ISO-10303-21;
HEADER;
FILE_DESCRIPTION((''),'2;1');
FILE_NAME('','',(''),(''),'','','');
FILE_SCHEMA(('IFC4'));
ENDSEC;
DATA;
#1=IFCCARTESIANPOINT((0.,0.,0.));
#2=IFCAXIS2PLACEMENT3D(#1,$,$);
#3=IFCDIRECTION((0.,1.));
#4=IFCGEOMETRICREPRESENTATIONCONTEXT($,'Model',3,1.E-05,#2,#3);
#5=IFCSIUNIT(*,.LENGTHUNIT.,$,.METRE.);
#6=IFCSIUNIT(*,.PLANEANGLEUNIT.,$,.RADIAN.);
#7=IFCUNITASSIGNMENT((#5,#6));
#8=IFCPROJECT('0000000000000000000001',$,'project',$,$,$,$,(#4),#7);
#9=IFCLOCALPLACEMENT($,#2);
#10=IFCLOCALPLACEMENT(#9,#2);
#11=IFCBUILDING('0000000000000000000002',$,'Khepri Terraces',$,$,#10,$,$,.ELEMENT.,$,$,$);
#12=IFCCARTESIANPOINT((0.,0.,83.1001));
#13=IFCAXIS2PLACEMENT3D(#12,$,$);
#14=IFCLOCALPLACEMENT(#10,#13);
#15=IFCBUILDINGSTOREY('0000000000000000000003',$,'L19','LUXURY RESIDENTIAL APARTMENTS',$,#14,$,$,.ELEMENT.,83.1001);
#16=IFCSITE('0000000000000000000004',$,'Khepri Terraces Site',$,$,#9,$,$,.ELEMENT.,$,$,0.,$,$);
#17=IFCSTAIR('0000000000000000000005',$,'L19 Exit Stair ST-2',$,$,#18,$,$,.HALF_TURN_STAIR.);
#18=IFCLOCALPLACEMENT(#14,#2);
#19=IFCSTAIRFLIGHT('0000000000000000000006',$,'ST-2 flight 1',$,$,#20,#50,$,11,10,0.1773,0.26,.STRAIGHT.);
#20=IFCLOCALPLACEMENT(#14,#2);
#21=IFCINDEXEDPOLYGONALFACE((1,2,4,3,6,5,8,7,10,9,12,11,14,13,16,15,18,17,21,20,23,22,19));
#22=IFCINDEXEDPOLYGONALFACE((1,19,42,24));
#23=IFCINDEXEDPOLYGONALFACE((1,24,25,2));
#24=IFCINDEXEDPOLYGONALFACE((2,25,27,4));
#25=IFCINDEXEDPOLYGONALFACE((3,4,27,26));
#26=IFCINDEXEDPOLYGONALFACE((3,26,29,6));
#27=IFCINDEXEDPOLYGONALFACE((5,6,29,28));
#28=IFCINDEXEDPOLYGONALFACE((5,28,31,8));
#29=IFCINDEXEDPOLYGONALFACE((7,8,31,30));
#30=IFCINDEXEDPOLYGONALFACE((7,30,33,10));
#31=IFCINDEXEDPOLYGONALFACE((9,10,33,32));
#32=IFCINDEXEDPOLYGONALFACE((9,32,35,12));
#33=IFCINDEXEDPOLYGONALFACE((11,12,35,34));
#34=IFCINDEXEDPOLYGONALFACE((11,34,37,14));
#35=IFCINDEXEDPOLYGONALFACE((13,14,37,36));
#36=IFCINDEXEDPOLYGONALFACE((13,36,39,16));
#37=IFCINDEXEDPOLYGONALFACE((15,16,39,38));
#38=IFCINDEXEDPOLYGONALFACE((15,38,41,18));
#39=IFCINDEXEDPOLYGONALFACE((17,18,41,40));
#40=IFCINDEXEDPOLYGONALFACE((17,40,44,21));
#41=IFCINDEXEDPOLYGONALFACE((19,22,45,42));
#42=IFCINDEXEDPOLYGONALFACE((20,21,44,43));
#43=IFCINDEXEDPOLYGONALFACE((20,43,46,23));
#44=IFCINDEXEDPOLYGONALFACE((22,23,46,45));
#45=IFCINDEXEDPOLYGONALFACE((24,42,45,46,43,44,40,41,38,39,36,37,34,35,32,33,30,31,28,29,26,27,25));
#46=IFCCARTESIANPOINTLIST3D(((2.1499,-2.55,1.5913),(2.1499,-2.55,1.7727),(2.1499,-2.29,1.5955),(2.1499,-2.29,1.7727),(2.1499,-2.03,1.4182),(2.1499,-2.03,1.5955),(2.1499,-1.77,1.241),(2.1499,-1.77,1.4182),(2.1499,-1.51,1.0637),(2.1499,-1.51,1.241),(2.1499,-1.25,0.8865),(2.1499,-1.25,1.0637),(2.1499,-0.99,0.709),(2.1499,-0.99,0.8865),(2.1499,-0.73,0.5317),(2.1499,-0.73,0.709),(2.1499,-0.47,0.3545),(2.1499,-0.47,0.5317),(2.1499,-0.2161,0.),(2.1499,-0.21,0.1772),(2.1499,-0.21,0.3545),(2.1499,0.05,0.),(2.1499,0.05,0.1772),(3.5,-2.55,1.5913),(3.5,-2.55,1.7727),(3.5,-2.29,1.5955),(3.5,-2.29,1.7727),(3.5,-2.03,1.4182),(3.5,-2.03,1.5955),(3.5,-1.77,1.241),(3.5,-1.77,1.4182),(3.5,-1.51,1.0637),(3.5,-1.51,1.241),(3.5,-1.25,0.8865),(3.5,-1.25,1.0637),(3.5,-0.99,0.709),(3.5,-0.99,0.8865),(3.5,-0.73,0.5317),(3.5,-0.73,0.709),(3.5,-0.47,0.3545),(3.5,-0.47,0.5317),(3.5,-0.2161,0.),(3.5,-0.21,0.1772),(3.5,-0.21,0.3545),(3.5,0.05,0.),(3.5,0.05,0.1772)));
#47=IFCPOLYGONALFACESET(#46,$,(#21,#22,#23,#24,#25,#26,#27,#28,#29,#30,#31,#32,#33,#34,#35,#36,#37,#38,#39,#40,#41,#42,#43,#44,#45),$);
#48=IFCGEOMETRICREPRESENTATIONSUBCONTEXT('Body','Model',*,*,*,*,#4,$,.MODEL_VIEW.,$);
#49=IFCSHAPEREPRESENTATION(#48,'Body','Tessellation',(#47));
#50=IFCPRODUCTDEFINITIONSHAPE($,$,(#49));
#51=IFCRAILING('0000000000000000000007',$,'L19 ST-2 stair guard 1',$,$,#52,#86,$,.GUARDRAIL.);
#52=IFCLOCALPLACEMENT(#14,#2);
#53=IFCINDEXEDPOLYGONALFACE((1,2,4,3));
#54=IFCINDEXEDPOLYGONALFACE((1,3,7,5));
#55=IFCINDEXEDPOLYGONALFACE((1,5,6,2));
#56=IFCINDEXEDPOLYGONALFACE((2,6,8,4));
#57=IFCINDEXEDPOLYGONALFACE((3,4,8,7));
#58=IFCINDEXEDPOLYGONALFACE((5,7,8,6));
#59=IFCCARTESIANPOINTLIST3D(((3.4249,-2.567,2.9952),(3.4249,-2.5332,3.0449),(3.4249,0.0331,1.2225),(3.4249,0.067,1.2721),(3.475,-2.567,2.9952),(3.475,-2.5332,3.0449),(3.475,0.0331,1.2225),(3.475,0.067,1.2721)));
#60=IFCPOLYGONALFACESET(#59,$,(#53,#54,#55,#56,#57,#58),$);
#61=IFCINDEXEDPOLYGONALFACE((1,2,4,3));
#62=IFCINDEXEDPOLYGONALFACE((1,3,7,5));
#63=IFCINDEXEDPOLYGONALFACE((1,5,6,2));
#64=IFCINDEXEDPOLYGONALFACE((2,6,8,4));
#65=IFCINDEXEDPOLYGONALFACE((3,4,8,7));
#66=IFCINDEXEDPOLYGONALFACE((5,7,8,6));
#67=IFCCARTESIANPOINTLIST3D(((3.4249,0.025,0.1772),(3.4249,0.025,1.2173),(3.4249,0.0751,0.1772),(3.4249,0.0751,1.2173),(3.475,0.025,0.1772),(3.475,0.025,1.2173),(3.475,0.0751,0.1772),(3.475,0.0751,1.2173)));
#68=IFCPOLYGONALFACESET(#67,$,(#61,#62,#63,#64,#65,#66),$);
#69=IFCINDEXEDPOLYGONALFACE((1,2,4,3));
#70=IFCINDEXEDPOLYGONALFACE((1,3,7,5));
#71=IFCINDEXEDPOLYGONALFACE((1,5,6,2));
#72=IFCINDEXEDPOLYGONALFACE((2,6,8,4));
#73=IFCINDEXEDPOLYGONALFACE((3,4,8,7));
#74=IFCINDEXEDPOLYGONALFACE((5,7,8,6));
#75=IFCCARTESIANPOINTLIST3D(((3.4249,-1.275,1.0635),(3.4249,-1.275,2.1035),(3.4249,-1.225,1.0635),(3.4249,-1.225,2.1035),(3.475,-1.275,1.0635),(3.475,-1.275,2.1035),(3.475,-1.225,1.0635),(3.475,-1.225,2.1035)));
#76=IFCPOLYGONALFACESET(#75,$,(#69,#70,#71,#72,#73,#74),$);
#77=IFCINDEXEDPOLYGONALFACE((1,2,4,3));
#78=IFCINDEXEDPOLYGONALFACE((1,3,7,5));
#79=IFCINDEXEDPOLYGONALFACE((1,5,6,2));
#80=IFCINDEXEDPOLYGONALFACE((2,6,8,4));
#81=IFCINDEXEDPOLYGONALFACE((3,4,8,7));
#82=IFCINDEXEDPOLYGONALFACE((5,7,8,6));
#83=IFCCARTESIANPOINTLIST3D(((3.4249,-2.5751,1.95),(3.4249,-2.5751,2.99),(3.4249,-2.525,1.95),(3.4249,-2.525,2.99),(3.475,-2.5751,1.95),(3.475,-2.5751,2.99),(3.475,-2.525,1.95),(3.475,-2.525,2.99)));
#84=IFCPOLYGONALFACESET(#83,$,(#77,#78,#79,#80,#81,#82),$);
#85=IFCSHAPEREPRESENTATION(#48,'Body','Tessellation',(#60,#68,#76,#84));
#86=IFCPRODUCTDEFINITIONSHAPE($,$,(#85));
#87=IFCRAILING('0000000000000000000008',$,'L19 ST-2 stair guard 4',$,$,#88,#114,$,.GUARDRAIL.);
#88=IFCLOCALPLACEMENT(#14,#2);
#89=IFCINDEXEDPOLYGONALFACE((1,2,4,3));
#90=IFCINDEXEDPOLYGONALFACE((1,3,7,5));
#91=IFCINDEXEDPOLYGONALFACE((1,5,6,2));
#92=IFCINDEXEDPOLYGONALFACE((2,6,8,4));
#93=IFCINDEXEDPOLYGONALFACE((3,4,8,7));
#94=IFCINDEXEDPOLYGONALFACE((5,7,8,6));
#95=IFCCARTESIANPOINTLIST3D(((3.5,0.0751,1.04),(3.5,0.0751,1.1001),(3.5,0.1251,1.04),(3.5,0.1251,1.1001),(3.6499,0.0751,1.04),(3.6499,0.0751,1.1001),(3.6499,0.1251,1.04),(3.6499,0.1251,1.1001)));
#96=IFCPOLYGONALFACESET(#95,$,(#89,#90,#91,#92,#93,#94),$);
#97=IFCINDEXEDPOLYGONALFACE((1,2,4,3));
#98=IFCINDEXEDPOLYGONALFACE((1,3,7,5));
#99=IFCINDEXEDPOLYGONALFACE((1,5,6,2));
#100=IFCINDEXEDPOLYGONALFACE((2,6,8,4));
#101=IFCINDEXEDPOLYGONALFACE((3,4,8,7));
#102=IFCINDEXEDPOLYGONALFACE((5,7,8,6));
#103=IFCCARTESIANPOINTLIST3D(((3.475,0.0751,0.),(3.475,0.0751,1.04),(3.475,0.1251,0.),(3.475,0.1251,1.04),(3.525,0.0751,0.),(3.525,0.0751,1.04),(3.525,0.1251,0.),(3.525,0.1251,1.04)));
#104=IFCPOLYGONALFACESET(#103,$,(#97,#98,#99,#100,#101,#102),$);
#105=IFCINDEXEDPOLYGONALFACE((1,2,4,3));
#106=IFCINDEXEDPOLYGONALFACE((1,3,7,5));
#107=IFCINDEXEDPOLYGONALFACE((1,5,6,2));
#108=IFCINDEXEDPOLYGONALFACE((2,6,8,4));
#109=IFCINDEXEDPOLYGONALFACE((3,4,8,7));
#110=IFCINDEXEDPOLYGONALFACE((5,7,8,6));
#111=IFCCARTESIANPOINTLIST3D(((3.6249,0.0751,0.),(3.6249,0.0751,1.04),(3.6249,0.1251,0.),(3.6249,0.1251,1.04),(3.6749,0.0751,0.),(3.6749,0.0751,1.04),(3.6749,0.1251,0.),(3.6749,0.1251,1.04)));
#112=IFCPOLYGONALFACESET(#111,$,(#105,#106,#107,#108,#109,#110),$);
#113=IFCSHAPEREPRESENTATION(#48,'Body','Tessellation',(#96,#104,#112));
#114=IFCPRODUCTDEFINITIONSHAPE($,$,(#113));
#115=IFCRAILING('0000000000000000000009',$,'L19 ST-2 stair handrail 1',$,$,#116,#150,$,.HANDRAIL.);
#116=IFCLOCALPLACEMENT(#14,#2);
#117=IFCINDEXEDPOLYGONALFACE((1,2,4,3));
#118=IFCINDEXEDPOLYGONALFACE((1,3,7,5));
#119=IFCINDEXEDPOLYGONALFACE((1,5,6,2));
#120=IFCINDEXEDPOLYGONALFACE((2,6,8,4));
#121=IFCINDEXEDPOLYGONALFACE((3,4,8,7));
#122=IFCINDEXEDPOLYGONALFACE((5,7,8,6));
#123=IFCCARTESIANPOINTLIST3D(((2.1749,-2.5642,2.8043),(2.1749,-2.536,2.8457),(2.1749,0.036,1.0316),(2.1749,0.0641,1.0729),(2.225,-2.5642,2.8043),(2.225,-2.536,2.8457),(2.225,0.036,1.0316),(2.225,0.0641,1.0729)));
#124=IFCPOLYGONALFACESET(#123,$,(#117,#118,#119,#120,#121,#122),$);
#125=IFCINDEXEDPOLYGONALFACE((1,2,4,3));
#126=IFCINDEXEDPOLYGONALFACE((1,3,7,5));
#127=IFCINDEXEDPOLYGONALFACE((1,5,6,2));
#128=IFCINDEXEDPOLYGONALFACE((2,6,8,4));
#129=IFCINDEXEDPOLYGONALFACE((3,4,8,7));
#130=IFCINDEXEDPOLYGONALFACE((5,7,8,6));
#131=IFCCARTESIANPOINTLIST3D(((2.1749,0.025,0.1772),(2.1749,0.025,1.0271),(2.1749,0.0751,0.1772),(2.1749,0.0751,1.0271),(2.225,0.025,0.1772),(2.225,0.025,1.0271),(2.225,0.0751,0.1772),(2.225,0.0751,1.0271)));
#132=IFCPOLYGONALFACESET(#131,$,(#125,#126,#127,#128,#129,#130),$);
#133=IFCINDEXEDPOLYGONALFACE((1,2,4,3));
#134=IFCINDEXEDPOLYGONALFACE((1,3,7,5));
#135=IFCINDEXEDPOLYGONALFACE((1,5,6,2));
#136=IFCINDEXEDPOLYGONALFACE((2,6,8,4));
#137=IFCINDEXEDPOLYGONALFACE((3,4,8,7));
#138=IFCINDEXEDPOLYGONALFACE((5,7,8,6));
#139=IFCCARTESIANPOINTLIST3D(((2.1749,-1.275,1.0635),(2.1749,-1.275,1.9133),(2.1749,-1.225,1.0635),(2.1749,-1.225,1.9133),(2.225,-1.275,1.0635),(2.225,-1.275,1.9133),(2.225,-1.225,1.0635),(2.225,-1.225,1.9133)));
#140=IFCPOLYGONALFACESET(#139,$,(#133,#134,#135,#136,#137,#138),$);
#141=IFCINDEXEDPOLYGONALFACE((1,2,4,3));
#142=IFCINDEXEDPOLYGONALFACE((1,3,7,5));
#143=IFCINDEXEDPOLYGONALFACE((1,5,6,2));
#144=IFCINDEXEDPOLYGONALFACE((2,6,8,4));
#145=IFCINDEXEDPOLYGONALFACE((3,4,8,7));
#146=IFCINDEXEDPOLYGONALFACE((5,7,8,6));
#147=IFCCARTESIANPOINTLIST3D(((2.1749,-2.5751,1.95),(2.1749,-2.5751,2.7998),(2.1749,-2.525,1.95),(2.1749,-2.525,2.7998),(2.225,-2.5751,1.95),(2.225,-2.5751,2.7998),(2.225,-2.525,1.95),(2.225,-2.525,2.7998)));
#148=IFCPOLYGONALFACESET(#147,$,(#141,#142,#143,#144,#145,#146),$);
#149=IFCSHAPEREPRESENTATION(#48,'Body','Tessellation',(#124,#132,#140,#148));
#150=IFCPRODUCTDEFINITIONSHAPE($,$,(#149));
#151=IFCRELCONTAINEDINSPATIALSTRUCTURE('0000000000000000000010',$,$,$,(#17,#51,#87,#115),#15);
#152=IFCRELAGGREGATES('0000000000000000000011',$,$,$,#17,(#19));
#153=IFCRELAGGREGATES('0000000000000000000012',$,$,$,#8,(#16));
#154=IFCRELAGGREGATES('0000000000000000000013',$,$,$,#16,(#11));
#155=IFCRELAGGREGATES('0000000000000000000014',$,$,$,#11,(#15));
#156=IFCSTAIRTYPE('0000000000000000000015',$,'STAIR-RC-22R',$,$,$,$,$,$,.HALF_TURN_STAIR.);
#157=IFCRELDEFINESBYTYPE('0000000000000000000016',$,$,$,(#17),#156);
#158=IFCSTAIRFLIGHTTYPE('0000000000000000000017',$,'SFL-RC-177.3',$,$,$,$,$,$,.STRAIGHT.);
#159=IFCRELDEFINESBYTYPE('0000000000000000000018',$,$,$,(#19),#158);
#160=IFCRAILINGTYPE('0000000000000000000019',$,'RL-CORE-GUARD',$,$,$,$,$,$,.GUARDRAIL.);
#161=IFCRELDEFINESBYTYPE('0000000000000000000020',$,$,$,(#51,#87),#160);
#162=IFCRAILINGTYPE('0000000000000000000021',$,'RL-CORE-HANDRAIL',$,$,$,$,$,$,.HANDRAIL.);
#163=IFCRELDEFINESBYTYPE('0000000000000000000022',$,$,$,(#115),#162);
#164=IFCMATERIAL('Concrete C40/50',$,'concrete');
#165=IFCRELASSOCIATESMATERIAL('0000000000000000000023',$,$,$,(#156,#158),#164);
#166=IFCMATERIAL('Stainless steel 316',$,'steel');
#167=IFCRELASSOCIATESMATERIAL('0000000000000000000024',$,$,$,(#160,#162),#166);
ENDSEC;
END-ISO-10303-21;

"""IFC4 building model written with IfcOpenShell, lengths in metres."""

from ifc_helpers import new_model, si_unit, direction, frame, origin, origin_2d, place, context, subcontext, project, spatial, polyline, rectangle, outline, extrude, material, type_object, element, aggregate, save


model = new_model("IFC4")

# Units and contexts
model_context = context("Model", 3, precision=1e-05, world=origin(), true_north=direction((0.0, 1.0)))
body_context = subcontext(model_context, "Body", "Model", "MODEL_VIEW")
ifc_project = project(units=[si_unit("LENGTHUNIT", "METRE"), si_unit("PLANEANGLEUNIT", "RADIAN")], contexts=[model_context])

# Site, building, storey
site_placement = place(None, origin())
site = spatial("IfcSite", under=ifc_project, at=site_placement, Name="Khepri Terraces Site", CompositionType="ELEMENT", RefElevation=0.0)
building_placement = place(site_placement, origin())
building = spatial("IfcBuilding", under=site, at=building_placement, Name="Khepri Terraces", CompositionType="ELEMENT")
storey_placement = place(building_placement, frame((0.0, 0.0, 83.1001)))
storey = spatial("IfcBuildingStorey", under=building, at=storey_placement, Name="L19", Description="LUXURY RESIDENTIAL APARTMENTS", CompositionType="ELEMENT", Elevation=83.1001)

# Stair, stair flight
ifc_material_1 = material(Name="Concrete C40/50", Category="concrete")
stair_type = type_object("IfcStairType", Name="STAIR-RC-22R", PredefinedType="HALF_TURN_STAIR", material=ifc_material_1)
stair_placement = place(storey_placement, origin())
stair = element("IfcStair", 1, at=stair_placement, inside=storey, type_object=stair_type, Name="L19 Exit Stair ST-2", PredefinedType="HALF_TURN_STAIR")
stair_flight_type = type_object("IfcStairFlightType", Name="SFL-RC-177.3", PredefinedType="STRAIGHT", material=ifc_material_1)
stair_flight_placement = place(storey_placement, frame((2.825, 0.05, 0.0), z_axis=(0.0, 0.0, 1.0), x_axis=(0.0, -1.0, 0.0)))
stair_flight = element("IfcStairFlight", 2, at=stair_flight_placement, type_object=stair_flight_type, Name="ST-2 flight 1", NumberOfRisers=11, NumberOfTreads=10, PredefinedType="STRAIGHT", RiserHeight=0.1773, TreadLength=0.26, context=body_context, shape_type="SweptSolid", body=[
    extrude(outline(polyline([(0.0, 0.0), (0.0, 0.1772), (0.26, 0.1772), (0.26, 0.3545), (0.52, 0.3545), (0.52, 0.5317), (0.78, 0.5317), (0.78, 0.709), (1.04, 0.709), (1.04, 0.8865), (1.3, 0.8865), (1.3, 1.0637), (1.5601, 1.0637), (1.5601, 1.241), (1.8201, 1.241), (1.8201, 1.4182), (2.0801, 1.4182), (2.0801, 1.5955), (2.3401, 1.5955), (2.3401, 1.7727), (2.6001, 1.7727), (2.6001, 1.95), (2.6001, 1.5913), (0.2661, 0.0), (0.0, 0.0)])), frame((0.0, 0.675, 0.0), z_axis=(0.0, -1.0, 0.0), x_axis=(1.0, 0.0, 0.0)), (0.0, 0.0, 1.0), 1.3501),
])
aggregate(stair, [stair_flight])

# Railings
ifc_material_2 = material(Name="Stainless steel 316", Category="steel")
railing_type_1 = type_object("IfcRailingType", Name="RL-CORE-GUARD", PredefinedType="GUARDRAIL", material=ifc_material_2)
railing_1_placement = place(storey_placement, frame((3.45, 0.05, 0.1772)))
element("IfcRailing", 3, at=railing_1_placement, inside=storey, type_object=railing_type_1, Name="L19 ST-2 stair guard 1", PredefinedType="GUARDRAIL", context=body_context, shape_type="SweptSolid", body=[
    extrude(rectangle(XDim=0.05, YDim=0.0601, at=origin_2d()), frame((0.0, 0.0, 1.0701), z_axis=(0.0, -0.82624, 0.563318), x_axis=(1.0, 0.0, 0.0)), (0.0, 0.0, 1.0), 3.147),
    extrude(rectangle(XDim=0.05, YDim=0.05, at=origin_2d()), origin(), (0.0, 0.0, 1.0), 1.04),
    extrude(rectangle(XDim=0.05, YDim=0.05, at=origin_2d()), frame((0.0, -1.3, 0.8862)), (0.0, 0.0, 1.0), 1.04),
    extrude(rectangle(XDim=0.05, YDim=0.05, at=origin_2d()), frame((0.0, -2.6001, 1.7727)), (0.0, 0.0, 1.0), 1.04),
])
railing_2_placement = place(storey_placement, frame((3.5, 0.1001, 0.0)))
element("IfcRailing", 4, at=railing_2_placement, inside=storey, type_object=railing_type_1, Name="L19 ST-2 stair guard 4", PredefinedType="GUARDRAIL", context=body_context, shape_type="SweptSolid", body=[
    extrude(rectangle(XDim=0.05, YDim=0.0601, at=origin_2d()), frame((0.0, 0.0, 1.0701), z_axis=(1.0, 0.0, 0.0), x_axis=(0.0, 1.0, 0.0)), (0.0, 0.0, 1.0), 0.1499),
    extrude(rectangle(XDim=0.05, YDim=0.05, at=origin_2d()), origin(), (0.0, 0.0, 1.0), 1.04),
    extrude(rectangle(XDim=0.05, YDim=0.05, at=origin_2d()), frame((0.1499, 0.0, 0.0)), (0.0, 0.0, 1.0), 1.04),
])
railing_type_2 = type_object("IfcRailingType", Name="RL-CORE-HANDRAIL", PredefinedType="HANDRAIL", material=ifc_material_2)
railing_3_placement = place(storey_placement, frame((2.2, 0.05, 0.1772)))
element("IfcRailing", 5, at=railing_3_placement, inside=storey, type_object=railing_type_2, Name="L19 ST-2 stair handrail 1", PredefinedType="HANDRAIL", context=body_context, shape_type="SweptSolid", body=[
    extrude(rectangle(XDim=0.05, YDim=0.05, at=origin_2d()), frame((0.0, 0.0, 0.875), z_axis=(0.0, -0.82624, 0.563318), x_axis=(1.0, 0.0, 0.0)), (0.0, 0.0, 1.0), 3.147),
    extrude(rectangle(XDim=0.05, YDim=0.05, at=origin_2d()), origin(), (0.0, 0.0, 1.0), 0.8499),
    extrude(rectangle(XDim=0.05, YDim=0.05, at=origin_2d()), frame((0.0, -1.3, 0.8862)), (0.0, 0.0, 1.0), 0.8499),
    extrude(rectangle(XDim=0.05, YDim=0.05, at=origin_2d()), frame((0.0, -2.6001, 1.7727)), (0.0, 0.0, 1.0), 0.8499),
])

save(model, "model.ifc")
